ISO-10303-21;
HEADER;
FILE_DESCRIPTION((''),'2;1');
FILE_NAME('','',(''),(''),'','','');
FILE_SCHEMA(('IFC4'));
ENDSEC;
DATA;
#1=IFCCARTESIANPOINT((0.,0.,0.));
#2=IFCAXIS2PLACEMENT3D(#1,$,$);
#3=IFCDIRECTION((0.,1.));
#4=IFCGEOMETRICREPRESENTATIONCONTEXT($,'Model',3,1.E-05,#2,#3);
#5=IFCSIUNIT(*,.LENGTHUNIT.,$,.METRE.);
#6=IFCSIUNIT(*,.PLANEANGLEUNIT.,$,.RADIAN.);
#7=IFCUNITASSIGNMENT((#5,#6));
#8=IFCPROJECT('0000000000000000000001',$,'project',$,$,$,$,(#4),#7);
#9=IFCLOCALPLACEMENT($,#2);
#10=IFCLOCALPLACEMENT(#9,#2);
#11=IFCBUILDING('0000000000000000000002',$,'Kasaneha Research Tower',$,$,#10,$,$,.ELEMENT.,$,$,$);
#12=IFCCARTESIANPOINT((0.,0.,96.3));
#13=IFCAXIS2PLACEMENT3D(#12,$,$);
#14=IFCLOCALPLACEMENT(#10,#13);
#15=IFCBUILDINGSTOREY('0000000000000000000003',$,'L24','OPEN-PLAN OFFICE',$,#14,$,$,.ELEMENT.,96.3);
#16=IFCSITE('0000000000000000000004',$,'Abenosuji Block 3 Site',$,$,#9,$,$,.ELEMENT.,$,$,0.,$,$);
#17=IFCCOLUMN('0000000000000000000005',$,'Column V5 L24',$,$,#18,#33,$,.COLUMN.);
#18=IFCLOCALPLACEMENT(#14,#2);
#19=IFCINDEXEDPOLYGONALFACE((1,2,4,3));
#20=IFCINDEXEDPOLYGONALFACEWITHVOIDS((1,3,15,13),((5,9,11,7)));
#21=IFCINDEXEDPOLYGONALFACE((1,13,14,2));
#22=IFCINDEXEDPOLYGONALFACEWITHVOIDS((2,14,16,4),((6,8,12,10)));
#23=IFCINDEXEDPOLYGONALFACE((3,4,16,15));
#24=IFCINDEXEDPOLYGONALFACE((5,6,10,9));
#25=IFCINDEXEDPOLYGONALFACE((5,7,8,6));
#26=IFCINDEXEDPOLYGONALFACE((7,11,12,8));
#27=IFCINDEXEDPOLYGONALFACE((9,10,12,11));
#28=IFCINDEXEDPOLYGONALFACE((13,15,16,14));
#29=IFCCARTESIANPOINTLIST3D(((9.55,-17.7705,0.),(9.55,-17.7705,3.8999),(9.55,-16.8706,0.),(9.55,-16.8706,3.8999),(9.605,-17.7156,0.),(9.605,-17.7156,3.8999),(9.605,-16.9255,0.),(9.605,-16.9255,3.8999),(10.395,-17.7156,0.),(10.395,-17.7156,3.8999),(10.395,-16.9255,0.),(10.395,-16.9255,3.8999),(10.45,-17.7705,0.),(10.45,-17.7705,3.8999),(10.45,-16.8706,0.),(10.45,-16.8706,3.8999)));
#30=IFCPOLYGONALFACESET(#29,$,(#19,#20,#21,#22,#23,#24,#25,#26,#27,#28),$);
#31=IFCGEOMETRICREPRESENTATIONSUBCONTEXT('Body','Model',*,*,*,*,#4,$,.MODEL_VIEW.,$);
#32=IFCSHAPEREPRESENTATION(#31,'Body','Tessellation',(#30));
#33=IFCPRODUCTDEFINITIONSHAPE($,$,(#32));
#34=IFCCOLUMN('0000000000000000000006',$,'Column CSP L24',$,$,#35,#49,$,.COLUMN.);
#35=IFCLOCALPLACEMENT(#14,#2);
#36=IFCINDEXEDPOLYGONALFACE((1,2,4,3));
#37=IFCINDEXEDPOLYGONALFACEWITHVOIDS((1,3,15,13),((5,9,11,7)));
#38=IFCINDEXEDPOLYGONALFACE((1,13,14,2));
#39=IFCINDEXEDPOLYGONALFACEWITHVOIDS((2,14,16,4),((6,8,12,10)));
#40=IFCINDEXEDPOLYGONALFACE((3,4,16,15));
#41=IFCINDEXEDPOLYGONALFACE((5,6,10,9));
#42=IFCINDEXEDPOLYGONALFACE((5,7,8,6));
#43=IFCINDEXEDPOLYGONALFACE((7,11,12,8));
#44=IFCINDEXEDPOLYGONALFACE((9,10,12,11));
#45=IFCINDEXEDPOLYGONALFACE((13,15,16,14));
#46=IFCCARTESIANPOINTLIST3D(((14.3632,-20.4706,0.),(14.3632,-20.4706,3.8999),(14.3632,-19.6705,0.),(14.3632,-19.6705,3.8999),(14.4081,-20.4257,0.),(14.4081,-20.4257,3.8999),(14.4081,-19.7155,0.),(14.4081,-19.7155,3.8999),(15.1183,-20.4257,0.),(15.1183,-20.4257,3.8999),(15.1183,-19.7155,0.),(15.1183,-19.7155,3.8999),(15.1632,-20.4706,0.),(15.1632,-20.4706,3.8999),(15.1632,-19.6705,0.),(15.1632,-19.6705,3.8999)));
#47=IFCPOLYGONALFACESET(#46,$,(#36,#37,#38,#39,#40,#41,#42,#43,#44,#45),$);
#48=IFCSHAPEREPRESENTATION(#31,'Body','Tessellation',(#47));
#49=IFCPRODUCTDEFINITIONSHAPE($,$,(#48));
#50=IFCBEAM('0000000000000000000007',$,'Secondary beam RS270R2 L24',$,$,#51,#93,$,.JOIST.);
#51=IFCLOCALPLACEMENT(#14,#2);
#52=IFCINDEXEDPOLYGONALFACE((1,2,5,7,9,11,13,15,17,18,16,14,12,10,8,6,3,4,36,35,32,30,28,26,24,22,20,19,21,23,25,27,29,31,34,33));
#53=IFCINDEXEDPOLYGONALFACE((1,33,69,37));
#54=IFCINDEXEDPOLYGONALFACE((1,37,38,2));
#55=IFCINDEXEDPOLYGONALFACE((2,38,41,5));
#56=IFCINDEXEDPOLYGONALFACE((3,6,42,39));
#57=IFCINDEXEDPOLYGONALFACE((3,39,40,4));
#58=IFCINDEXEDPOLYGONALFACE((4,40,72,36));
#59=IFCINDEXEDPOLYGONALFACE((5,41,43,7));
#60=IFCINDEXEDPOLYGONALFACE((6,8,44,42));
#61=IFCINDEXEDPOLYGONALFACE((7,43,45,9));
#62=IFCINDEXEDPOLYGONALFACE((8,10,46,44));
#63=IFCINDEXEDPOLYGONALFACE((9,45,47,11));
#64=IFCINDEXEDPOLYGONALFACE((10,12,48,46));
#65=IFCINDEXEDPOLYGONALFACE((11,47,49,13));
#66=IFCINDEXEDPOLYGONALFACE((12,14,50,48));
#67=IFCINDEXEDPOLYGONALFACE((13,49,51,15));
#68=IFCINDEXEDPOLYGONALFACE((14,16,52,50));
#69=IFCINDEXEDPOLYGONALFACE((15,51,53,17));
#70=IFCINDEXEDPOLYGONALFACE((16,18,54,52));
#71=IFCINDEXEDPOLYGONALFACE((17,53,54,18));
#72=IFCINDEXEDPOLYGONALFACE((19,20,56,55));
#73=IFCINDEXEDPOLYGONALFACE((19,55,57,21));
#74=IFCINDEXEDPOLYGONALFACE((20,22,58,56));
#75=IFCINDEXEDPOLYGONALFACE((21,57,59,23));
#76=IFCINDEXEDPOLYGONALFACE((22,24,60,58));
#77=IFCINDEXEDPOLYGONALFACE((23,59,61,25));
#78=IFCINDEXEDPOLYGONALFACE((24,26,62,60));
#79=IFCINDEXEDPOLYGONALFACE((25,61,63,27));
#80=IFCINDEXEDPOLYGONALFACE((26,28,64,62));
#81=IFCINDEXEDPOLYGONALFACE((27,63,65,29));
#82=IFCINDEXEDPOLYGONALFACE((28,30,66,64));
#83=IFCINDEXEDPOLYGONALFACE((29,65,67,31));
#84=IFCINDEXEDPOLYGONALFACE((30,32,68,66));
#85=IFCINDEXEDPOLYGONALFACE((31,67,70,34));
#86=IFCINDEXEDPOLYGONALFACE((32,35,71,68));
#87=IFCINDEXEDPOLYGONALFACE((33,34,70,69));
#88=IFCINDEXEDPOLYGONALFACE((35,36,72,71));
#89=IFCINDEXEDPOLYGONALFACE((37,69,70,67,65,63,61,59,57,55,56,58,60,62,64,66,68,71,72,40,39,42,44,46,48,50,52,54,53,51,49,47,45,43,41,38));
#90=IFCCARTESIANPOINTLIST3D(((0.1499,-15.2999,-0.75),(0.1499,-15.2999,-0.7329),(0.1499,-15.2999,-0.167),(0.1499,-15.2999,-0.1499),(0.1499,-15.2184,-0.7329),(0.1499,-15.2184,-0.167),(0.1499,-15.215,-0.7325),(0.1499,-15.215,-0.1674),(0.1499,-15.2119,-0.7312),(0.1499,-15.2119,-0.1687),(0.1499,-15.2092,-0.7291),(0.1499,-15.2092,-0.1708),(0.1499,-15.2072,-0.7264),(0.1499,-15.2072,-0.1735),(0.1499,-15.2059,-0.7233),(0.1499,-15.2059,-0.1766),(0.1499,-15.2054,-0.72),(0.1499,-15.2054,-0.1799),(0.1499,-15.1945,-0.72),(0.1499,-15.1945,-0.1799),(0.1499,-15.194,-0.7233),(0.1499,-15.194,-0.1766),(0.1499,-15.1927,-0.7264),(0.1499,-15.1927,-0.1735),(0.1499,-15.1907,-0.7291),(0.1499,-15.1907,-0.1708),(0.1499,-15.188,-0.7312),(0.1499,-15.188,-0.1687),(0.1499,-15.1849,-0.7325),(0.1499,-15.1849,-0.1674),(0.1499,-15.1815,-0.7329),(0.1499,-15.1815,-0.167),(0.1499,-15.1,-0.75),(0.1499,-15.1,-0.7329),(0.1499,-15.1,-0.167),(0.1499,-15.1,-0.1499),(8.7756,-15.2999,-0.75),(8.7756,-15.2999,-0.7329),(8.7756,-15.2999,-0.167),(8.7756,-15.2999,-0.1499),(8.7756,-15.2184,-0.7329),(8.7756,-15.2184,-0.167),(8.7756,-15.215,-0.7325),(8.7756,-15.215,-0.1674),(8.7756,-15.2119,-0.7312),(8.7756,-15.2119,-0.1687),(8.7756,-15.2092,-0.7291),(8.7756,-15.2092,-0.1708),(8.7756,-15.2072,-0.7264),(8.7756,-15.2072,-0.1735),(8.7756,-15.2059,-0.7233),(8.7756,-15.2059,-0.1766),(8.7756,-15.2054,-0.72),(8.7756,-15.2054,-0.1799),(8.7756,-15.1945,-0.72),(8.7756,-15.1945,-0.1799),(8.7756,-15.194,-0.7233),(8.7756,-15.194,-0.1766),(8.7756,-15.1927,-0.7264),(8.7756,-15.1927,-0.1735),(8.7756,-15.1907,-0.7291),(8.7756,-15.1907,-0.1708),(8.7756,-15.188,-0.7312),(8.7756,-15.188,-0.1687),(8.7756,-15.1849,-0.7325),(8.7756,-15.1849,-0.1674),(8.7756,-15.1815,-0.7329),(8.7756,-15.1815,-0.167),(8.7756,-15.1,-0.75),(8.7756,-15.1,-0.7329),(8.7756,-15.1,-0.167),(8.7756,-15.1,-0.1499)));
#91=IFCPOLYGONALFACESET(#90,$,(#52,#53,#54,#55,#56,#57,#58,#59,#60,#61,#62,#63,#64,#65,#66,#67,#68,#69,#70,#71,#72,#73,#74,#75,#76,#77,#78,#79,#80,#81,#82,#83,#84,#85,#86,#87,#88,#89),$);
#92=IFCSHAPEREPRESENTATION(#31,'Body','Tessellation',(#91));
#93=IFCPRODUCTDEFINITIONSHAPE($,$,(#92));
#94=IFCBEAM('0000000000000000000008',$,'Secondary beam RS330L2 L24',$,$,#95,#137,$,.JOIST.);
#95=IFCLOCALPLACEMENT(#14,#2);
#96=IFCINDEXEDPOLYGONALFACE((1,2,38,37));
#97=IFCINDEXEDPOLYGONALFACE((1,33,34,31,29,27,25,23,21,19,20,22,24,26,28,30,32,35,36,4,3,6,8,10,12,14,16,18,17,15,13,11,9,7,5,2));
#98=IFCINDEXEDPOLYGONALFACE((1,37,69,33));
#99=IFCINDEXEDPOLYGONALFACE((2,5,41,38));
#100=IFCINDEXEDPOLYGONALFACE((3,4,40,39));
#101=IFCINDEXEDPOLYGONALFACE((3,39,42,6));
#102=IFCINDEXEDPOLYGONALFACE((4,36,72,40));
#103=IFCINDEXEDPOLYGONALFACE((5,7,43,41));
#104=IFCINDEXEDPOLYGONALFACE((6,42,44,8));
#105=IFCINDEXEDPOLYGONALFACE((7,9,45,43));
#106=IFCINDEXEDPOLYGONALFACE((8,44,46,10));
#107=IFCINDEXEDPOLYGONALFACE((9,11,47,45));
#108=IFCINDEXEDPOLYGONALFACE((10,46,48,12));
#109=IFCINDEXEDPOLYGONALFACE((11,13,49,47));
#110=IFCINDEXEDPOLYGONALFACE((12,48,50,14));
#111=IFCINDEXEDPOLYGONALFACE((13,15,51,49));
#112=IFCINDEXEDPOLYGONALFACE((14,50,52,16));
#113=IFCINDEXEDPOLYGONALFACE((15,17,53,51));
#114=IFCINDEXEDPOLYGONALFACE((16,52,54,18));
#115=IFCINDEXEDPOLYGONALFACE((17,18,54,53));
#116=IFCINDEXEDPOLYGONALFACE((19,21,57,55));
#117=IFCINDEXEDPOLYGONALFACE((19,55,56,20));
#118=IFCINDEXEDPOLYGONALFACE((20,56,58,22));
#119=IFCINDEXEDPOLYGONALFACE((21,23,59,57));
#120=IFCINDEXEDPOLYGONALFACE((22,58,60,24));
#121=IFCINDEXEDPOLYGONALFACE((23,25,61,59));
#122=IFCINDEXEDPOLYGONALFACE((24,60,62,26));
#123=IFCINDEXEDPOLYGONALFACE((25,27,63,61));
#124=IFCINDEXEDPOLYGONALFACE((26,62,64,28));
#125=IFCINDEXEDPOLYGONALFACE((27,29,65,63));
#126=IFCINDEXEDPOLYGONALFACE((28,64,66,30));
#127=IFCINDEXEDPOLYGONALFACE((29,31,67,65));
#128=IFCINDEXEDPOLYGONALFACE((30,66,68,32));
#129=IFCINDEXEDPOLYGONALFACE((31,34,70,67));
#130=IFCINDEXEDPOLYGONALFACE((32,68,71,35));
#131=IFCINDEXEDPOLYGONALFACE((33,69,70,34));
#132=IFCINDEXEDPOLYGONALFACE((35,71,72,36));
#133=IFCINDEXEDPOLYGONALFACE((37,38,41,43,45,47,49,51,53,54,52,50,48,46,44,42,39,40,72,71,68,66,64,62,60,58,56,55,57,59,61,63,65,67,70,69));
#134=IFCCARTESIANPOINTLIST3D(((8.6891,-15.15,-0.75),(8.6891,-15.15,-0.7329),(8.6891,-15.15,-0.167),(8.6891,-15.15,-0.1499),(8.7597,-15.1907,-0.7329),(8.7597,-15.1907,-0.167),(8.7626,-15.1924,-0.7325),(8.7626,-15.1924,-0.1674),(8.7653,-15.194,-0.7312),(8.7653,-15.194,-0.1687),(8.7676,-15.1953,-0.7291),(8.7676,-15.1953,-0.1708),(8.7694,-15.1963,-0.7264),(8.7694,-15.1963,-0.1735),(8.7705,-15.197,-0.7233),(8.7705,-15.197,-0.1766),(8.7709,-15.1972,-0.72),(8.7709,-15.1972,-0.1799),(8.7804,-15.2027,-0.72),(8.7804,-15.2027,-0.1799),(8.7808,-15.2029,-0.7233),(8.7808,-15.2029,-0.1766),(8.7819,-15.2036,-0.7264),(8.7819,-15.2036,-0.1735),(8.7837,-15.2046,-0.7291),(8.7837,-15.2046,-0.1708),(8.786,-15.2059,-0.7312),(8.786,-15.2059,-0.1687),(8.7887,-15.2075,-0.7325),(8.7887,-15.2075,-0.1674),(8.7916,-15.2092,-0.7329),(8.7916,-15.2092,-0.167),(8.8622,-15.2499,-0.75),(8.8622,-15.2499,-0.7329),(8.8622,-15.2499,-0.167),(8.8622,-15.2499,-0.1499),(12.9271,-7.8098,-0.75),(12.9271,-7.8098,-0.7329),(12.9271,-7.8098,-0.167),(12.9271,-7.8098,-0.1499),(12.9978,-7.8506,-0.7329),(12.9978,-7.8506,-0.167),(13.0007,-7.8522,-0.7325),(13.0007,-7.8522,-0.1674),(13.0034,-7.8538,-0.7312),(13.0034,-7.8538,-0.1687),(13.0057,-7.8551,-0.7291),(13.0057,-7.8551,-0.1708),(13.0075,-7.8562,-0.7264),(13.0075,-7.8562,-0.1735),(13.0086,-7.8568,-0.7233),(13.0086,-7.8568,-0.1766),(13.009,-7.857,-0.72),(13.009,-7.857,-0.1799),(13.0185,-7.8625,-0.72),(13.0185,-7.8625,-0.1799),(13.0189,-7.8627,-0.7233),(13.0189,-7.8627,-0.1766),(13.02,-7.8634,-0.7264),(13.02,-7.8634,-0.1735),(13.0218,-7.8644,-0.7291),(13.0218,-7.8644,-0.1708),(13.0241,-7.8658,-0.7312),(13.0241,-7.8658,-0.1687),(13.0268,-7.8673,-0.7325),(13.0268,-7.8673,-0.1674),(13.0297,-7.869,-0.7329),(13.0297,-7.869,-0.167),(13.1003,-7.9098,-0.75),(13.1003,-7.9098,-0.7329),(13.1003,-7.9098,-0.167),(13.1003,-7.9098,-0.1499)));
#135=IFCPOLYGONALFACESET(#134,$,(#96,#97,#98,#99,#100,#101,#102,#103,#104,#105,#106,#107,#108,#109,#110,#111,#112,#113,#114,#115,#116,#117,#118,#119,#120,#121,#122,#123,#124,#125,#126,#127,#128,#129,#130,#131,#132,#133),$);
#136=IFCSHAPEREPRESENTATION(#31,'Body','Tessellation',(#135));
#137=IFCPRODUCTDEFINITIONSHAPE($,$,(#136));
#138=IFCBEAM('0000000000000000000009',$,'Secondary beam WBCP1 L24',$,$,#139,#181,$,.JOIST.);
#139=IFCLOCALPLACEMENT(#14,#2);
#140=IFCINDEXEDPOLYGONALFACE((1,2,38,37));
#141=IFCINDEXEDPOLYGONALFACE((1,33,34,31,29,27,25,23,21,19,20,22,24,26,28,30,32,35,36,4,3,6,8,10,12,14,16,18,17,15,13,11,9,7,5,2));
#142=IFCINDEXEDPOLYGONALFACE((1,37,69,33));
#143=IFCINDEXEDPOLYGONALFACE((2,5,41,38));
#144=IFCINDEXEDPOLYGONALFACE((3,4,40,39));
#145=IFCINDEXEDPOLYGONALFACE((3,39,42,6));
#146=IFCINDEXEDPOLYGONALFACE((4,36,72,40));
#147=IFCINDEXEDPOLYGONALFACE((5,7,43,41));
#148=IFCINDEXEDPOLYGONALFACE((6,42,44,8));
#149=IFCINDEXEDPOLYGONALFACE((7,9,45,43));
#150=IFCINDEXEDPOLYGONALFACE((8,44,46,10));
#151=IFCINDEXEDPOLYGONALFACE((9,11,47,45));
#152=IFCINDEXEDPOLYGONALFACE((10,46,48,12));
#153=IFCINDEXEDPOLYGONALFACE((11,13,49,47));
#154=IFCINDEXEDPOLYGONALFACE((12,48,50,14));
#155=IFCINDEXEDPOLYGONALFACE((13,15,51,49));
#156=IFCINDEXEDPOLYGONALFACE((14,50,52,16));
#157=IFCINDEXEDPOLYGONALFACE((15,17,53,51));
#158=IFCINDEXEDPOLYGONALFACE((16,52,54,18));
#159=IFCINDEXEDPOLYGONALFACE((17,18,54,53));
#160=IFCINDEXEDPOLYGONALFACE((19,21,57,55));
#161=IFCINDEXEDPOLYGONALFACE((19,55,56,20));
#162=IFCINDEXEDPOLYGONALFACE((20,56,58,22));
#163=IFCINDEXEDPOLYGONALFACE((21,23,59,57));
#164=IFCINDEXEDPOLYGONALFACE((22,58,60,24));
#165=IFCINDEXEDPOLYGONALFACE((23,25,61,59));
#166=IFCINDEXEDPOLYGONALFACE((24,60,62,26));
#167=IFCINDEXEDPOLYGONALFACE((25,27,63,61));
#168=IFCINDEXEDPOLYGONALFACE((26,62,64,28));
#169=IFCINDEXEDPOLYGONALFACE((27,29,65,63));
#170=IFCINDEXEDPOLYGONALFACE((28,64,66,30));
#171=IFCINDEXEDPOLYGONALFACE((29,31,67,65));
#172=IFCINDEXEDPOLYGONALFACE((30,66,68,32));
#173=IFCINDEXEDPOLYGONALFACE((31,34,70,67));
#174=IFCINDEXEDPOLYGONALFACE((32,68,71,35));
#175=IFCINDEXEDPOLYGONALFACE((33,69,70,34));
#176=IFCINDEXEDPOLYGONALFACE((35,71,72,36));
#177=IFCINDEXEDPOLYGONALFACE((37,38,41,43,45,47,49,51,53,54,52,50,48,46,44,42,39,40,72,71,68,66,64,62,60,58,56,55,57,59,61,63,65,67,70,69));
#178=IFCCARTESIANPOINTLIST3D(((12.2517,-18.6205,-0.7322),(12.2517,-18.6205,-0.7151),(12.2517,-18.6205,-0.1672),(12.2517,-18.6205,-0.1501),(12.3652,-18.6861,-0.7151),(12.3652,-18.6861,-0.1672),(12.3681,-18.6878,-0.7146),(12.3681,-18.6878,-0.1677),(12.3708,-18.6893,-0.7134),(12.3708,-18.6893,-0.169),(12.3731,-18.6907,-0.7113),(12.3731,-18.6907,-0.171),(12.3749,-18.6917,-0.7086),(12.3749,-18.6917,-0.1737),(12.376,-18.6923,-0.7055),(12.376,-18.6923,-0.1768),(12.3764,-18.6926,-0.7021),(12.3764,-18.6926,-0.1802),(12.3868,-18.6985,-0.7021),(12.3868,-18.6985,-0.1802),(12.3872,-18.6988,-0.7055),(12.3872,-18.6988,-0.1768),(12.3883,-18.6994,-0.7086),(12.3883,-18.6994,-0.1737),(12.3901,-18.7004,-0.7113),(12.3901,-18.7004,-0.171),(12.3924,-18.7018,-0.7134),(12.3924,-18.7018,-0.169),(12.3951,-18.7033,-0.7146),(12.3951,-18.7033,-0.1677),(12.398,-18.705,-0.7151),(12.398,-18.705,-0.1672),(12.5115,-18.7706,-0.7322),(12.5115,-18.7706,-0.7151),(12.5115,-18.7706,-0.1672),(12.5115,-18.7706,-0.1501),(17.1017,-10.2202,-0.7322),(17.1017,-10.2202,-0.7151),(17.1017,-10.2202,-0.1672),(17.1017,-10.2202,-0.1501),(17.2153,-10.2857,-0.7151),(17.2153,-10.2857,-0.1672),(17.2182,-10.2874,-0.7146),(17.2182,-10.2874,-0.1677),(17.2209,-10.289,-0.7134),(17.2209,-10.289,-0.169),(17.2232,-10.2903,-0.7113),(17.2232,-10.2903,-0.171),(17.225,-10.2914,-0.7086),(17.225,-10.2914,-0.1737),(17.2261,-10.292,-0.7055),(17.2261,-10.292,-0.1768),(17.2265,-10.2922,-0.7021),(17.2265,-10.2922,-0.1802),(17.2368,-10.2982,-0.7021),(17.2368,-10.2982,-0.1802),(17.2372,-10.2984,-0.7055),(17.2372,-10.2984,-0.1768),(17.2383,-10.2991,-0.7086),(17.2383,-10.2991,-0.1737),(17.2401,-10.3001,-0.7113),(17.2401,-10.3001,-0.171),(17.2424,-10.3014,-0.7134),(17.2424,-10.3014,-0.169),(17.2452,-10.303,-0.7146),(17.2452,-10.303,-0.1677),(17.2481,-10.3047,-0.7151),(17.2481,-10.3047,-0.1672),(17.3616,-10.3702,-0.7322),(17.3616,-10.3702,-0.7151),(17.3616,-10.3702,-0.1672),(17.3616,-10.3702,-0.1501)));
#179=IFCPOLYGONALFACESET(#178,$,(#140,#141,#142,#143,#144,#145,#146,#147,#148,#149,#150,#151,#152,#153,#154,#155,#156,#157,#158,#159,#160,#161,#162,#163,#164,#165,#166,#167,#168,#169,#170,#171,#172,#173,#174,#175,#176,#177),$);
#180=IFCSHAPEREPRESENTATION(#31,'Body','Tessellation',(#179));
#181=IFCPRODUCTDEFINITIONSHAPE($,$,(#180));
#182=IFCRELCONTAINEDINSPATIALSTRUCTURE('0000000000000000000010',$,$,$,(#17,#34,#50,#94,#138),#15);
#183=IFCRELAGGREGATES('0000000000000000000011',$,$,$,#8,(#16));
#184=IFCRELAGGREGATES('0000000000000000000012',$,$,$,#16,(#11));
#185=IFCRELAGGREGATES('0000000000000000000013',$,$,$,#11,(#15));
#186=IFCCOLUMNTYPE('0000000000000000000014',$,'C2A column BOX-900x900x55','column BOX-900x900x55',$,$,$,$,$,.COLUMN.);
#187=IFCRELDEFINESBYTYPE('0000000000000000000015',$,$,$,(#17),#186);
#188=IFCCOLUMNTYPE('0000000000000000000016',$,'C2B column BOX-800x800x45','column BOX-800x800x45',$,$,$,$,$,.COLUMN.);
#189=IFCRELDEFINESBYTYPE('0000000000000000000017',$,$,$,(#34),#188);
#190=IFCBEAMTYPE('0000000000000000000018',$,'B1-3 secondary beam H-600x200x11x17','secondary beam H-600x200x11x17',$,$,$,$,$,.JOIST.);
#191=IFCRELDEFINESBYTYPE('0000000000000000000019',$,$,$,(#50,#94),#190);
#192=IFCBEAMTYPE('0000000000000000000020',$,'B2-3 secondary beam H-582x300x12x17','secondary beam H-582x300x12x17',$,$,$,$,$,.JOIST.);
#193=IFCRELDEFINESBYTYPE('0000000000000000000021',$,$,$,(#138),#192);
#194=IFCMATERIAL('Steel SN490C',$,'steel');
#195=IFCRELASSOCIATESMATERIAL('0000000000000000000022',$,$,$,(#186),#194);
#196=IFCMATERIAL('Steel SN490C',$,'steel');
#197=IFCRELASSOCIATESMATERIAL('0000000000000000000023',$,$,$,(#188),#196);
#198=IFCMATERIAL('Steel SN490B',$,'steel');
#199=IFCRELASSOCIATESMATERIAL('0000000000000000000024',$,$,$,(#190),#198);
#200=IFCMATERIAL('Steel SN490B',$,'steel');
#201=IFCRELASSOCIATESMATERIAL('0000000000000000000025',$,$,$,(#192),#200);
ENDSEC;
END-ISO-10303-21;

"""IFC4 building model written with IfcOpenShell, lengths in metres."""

from ifc_helpers import new_model, si_unit, direction, frame, origin, origin_2d, place, context, subcontext, project, spatial, hollow_rectangle, i_section, extrude, material, material_profile, profile_set, type_object, element, save


model = new_model("IFC4")

# Units and contexts
model_context = context("Model", 3, precision=1e-05, world=origin(), true_north=direction((0.0, 1.0)))
body_context = subcontext(model_context, "Body", "Model", "MODEL_VIEW")
ifc_project = project(units=[si_unit("LENGTHUNIT", "METRE"), si_unit("PLANEANGLEUNIT", "RADIAN")], contexts=[model_context])

# Site, building, storey
site_placement = place(None, origin())
site = spatial("IfcSite", under=ifc_project, at=site_placement, Name="Abenosuji Block 3 Site", CompositionType="ELEMENT", RefElevation=0.0)
building_placement = place(site_placement, origin())
building = spatial("IfcBuilding", under=site, at=building_placement, Name="Kasaneha Research Tower", CompositionType="ELEMENT")
storey_placement = place(building_placement, frame((0.0, 0.0, 96.3)))
storey = spatial("IfcBuildingStorey", under=building, at=storey_placement, Name="L24", Description="OPEN-PLAN OFFICE", CompositionType="ELEMENT", Elevation=96.3)

# Columns
ifc_material_1 = material(Name="Steel SN490C", Category="steel")
ifc_material_profile_1 = material_profile(ifc_material_1, hollow_rectangle(XDim=0.8999, YDim=0.8999, WallThickness=0.0549, at=origin_2d()), Name="BOX-900x900x55")
ifc_profile_set_1 = profile_set([ifc_material_profile_1], Name="Steel SN490C")
column_type_1 = type_object("IfcColumnType", Name="C2A column BOX-900x900x55", Description="column BOX-900x900x55", PredefinedType="COLUMN", material=ifc_profile_set_1)
column_1_placement = place(storey_placement, frame((10.0, -17.3206, 0.0), z_axis=(0.0, 0.0, 1.0), x_axis=(1.0, 0.0, 0.0)))
element("IfcColumn", 1, at=column_1_placement, inside=storey, type_object=column_type_1, Name="Column V5 L24", PredefinedType="COLUMN", context=body_context, shape_type="SweptSolid", body=[
    extrude(hollow_rectangle(XDim=0.8999, YDim=0.8999, WallThickness=0.0549, at=origin_2d()), origin(), (0.0, 0.0, 1.0), 3.8999),
])
ifc_material_2 = material(Name="Steel SN490C", Category="steel")
ifc_material_profile_2 = material_profile(ifc_material_2, hollow_rectangle(XDim=0.8, YDim=0.8, WallThickness=0.0449, at=origin_2d()), Name="BOX-800x800x45")
ifc_profile_set_2 = profile_set([ifc_material_profile_2], Name="Steel SN490C")
column_type_2 = type_object("IfcColumnType", Name="C2B column BOX-800x800x45", Description="column BOX-800x800x45", PredefinedType="COLUMN", material=ifc_profile_set_2)
column_2_placement = place(storey_placement, frame((14.7632, -20.0706, 0.0), z_axis=(0.0, 0.0, 1.0), x_axis=(1.0, 0.0, 0.0)))
element("IfcColumn", 2, at=column_2_placement, inside=storey, type_object=column_type_2, Name="Column CSP L24", PredefinedType="COLUMN", context=body_context, shape_type="SweptSolid", body=[
    extrude(hollow_rectangle(XDim=0.8, YDim=0.8, WallThickness=0.0449, at=origin_2d()), origin(), (0.0, 0.0, 1.0), 3.8999),
])

# Beams
ifc_material_3 = material(Name="Steel SN490B", Category="steel")
ifc_material_profile_3 = material_profile(ifc_material_3, i_section(OverallWidth=0.2, OverallDepth=0.6001, WebThickness=0.011, FlangeThickness=0.0171, FilletRadius=0.0129, at=origin_2d()), Name="H-600x200x11x17")
ifc_profile_set_3 = profile_set([ifc_material_profile_3], Name="Steel SN490B")
beam_type_1 = type_object("IfcBeamType", Name="B1-3 secondary beam H-600x200x11x17", Description="secondary beam H-600x200x11x17", PredefinedType="JOIST", material=ifc_profile_set_3)
beam_1_placement = place(storey_placement, frame((8.7756, -15.2, -0.45), z_axis=(-1.0, 0.0, 0.0), x_axis=(0.0, -1.0, 0.0)))
element("IfcBeam", 3, at=beam_1_placement, inside=storey, type_object=beam_type_1, Name="Secondary beam RS270R2 L24", PredefinedType="JOIST", context=body_context, shape_type="SweptSolid", body=[
    extrude(i_section(OverallWidth=0.2, OverallDepth=0.6001, WebThickness=0.011, FlangeThickness=0.0171, FilletRadius=0.0129, at=origin_2d()), origin(), (0.0, 0.0, 1.0), 8.6257),
])
beam_2_placement = place(storey_placement, frame((8.7756, -15.2, -0.45), z_axis=(0.500021, 0.866013, 0.0), x_axis=(-0.866013, 0.500021, 0.0)))
element("IfcBeam", 4, at=beam_2_placement, inside=storey, type_object=beam_type_1, Name="Secondary beam RS330L2 L24", PredefinedType="JOIST", context=body_context, shape_type="SweptSolid", body=[
    extrude(i_section(OverallWidth=0.2, OverallDepth=0.6001, WebThickness=0.011, FlangeThickness=0.0171, FilletRadius=0.0129, at=origin_2d()), origin(), (0.0, 0.0, 1.0), 8.4758),
])
ifc_material_4 = material(Name="Steel SN490B", Category="steel")
ifc_material_profile_4 = material_profile(ifc_material_4, i_section(OverallWidth=0.3, OverallDepth=0.582, WebThickness=0.012, FlangeThickness=0.0171, FilletRadius=0.0129, at=origin_2d()), Name="H-582x300x12x17")
ifc_profile_set_4 = profile_set([ifc_material_profile_4], Name="Steel SN490B")
beam_type_2 = type_object("IfcBeamType", Name="B2-3 secondary beam H-582x300x12x17", Description="secondary beam H-582x300x12x17", PredefinedType="JOIST", material=ifc_profile_set_4)
beam_3_placement = place(storey_placement, frame((12.3816, -18.6956, -0.4412), z_axis=(0.50001, 0.86602, 0.0), x_axis=(-0.86602, 0.50001, 0.0)))
element("IfcBeam", 5, at=beam_3_placement, inside=storey, type_object=beam_type_2, Name="Secondary beam WBCP1 L24", PredefinedType="JOIST", context=body_context, shape_type="SweptSolid", body=[
    extrude(i_section(OverallWidth=0.3, OverallDepth=0.582, WebThickness=0.012, FlangeThickness=0.0171, FilletRadius=0.0129, at=origin_2d()), origin(), (0.0, 0.0, 1.0), 9.7),
])

save(model, "model.ifc")
